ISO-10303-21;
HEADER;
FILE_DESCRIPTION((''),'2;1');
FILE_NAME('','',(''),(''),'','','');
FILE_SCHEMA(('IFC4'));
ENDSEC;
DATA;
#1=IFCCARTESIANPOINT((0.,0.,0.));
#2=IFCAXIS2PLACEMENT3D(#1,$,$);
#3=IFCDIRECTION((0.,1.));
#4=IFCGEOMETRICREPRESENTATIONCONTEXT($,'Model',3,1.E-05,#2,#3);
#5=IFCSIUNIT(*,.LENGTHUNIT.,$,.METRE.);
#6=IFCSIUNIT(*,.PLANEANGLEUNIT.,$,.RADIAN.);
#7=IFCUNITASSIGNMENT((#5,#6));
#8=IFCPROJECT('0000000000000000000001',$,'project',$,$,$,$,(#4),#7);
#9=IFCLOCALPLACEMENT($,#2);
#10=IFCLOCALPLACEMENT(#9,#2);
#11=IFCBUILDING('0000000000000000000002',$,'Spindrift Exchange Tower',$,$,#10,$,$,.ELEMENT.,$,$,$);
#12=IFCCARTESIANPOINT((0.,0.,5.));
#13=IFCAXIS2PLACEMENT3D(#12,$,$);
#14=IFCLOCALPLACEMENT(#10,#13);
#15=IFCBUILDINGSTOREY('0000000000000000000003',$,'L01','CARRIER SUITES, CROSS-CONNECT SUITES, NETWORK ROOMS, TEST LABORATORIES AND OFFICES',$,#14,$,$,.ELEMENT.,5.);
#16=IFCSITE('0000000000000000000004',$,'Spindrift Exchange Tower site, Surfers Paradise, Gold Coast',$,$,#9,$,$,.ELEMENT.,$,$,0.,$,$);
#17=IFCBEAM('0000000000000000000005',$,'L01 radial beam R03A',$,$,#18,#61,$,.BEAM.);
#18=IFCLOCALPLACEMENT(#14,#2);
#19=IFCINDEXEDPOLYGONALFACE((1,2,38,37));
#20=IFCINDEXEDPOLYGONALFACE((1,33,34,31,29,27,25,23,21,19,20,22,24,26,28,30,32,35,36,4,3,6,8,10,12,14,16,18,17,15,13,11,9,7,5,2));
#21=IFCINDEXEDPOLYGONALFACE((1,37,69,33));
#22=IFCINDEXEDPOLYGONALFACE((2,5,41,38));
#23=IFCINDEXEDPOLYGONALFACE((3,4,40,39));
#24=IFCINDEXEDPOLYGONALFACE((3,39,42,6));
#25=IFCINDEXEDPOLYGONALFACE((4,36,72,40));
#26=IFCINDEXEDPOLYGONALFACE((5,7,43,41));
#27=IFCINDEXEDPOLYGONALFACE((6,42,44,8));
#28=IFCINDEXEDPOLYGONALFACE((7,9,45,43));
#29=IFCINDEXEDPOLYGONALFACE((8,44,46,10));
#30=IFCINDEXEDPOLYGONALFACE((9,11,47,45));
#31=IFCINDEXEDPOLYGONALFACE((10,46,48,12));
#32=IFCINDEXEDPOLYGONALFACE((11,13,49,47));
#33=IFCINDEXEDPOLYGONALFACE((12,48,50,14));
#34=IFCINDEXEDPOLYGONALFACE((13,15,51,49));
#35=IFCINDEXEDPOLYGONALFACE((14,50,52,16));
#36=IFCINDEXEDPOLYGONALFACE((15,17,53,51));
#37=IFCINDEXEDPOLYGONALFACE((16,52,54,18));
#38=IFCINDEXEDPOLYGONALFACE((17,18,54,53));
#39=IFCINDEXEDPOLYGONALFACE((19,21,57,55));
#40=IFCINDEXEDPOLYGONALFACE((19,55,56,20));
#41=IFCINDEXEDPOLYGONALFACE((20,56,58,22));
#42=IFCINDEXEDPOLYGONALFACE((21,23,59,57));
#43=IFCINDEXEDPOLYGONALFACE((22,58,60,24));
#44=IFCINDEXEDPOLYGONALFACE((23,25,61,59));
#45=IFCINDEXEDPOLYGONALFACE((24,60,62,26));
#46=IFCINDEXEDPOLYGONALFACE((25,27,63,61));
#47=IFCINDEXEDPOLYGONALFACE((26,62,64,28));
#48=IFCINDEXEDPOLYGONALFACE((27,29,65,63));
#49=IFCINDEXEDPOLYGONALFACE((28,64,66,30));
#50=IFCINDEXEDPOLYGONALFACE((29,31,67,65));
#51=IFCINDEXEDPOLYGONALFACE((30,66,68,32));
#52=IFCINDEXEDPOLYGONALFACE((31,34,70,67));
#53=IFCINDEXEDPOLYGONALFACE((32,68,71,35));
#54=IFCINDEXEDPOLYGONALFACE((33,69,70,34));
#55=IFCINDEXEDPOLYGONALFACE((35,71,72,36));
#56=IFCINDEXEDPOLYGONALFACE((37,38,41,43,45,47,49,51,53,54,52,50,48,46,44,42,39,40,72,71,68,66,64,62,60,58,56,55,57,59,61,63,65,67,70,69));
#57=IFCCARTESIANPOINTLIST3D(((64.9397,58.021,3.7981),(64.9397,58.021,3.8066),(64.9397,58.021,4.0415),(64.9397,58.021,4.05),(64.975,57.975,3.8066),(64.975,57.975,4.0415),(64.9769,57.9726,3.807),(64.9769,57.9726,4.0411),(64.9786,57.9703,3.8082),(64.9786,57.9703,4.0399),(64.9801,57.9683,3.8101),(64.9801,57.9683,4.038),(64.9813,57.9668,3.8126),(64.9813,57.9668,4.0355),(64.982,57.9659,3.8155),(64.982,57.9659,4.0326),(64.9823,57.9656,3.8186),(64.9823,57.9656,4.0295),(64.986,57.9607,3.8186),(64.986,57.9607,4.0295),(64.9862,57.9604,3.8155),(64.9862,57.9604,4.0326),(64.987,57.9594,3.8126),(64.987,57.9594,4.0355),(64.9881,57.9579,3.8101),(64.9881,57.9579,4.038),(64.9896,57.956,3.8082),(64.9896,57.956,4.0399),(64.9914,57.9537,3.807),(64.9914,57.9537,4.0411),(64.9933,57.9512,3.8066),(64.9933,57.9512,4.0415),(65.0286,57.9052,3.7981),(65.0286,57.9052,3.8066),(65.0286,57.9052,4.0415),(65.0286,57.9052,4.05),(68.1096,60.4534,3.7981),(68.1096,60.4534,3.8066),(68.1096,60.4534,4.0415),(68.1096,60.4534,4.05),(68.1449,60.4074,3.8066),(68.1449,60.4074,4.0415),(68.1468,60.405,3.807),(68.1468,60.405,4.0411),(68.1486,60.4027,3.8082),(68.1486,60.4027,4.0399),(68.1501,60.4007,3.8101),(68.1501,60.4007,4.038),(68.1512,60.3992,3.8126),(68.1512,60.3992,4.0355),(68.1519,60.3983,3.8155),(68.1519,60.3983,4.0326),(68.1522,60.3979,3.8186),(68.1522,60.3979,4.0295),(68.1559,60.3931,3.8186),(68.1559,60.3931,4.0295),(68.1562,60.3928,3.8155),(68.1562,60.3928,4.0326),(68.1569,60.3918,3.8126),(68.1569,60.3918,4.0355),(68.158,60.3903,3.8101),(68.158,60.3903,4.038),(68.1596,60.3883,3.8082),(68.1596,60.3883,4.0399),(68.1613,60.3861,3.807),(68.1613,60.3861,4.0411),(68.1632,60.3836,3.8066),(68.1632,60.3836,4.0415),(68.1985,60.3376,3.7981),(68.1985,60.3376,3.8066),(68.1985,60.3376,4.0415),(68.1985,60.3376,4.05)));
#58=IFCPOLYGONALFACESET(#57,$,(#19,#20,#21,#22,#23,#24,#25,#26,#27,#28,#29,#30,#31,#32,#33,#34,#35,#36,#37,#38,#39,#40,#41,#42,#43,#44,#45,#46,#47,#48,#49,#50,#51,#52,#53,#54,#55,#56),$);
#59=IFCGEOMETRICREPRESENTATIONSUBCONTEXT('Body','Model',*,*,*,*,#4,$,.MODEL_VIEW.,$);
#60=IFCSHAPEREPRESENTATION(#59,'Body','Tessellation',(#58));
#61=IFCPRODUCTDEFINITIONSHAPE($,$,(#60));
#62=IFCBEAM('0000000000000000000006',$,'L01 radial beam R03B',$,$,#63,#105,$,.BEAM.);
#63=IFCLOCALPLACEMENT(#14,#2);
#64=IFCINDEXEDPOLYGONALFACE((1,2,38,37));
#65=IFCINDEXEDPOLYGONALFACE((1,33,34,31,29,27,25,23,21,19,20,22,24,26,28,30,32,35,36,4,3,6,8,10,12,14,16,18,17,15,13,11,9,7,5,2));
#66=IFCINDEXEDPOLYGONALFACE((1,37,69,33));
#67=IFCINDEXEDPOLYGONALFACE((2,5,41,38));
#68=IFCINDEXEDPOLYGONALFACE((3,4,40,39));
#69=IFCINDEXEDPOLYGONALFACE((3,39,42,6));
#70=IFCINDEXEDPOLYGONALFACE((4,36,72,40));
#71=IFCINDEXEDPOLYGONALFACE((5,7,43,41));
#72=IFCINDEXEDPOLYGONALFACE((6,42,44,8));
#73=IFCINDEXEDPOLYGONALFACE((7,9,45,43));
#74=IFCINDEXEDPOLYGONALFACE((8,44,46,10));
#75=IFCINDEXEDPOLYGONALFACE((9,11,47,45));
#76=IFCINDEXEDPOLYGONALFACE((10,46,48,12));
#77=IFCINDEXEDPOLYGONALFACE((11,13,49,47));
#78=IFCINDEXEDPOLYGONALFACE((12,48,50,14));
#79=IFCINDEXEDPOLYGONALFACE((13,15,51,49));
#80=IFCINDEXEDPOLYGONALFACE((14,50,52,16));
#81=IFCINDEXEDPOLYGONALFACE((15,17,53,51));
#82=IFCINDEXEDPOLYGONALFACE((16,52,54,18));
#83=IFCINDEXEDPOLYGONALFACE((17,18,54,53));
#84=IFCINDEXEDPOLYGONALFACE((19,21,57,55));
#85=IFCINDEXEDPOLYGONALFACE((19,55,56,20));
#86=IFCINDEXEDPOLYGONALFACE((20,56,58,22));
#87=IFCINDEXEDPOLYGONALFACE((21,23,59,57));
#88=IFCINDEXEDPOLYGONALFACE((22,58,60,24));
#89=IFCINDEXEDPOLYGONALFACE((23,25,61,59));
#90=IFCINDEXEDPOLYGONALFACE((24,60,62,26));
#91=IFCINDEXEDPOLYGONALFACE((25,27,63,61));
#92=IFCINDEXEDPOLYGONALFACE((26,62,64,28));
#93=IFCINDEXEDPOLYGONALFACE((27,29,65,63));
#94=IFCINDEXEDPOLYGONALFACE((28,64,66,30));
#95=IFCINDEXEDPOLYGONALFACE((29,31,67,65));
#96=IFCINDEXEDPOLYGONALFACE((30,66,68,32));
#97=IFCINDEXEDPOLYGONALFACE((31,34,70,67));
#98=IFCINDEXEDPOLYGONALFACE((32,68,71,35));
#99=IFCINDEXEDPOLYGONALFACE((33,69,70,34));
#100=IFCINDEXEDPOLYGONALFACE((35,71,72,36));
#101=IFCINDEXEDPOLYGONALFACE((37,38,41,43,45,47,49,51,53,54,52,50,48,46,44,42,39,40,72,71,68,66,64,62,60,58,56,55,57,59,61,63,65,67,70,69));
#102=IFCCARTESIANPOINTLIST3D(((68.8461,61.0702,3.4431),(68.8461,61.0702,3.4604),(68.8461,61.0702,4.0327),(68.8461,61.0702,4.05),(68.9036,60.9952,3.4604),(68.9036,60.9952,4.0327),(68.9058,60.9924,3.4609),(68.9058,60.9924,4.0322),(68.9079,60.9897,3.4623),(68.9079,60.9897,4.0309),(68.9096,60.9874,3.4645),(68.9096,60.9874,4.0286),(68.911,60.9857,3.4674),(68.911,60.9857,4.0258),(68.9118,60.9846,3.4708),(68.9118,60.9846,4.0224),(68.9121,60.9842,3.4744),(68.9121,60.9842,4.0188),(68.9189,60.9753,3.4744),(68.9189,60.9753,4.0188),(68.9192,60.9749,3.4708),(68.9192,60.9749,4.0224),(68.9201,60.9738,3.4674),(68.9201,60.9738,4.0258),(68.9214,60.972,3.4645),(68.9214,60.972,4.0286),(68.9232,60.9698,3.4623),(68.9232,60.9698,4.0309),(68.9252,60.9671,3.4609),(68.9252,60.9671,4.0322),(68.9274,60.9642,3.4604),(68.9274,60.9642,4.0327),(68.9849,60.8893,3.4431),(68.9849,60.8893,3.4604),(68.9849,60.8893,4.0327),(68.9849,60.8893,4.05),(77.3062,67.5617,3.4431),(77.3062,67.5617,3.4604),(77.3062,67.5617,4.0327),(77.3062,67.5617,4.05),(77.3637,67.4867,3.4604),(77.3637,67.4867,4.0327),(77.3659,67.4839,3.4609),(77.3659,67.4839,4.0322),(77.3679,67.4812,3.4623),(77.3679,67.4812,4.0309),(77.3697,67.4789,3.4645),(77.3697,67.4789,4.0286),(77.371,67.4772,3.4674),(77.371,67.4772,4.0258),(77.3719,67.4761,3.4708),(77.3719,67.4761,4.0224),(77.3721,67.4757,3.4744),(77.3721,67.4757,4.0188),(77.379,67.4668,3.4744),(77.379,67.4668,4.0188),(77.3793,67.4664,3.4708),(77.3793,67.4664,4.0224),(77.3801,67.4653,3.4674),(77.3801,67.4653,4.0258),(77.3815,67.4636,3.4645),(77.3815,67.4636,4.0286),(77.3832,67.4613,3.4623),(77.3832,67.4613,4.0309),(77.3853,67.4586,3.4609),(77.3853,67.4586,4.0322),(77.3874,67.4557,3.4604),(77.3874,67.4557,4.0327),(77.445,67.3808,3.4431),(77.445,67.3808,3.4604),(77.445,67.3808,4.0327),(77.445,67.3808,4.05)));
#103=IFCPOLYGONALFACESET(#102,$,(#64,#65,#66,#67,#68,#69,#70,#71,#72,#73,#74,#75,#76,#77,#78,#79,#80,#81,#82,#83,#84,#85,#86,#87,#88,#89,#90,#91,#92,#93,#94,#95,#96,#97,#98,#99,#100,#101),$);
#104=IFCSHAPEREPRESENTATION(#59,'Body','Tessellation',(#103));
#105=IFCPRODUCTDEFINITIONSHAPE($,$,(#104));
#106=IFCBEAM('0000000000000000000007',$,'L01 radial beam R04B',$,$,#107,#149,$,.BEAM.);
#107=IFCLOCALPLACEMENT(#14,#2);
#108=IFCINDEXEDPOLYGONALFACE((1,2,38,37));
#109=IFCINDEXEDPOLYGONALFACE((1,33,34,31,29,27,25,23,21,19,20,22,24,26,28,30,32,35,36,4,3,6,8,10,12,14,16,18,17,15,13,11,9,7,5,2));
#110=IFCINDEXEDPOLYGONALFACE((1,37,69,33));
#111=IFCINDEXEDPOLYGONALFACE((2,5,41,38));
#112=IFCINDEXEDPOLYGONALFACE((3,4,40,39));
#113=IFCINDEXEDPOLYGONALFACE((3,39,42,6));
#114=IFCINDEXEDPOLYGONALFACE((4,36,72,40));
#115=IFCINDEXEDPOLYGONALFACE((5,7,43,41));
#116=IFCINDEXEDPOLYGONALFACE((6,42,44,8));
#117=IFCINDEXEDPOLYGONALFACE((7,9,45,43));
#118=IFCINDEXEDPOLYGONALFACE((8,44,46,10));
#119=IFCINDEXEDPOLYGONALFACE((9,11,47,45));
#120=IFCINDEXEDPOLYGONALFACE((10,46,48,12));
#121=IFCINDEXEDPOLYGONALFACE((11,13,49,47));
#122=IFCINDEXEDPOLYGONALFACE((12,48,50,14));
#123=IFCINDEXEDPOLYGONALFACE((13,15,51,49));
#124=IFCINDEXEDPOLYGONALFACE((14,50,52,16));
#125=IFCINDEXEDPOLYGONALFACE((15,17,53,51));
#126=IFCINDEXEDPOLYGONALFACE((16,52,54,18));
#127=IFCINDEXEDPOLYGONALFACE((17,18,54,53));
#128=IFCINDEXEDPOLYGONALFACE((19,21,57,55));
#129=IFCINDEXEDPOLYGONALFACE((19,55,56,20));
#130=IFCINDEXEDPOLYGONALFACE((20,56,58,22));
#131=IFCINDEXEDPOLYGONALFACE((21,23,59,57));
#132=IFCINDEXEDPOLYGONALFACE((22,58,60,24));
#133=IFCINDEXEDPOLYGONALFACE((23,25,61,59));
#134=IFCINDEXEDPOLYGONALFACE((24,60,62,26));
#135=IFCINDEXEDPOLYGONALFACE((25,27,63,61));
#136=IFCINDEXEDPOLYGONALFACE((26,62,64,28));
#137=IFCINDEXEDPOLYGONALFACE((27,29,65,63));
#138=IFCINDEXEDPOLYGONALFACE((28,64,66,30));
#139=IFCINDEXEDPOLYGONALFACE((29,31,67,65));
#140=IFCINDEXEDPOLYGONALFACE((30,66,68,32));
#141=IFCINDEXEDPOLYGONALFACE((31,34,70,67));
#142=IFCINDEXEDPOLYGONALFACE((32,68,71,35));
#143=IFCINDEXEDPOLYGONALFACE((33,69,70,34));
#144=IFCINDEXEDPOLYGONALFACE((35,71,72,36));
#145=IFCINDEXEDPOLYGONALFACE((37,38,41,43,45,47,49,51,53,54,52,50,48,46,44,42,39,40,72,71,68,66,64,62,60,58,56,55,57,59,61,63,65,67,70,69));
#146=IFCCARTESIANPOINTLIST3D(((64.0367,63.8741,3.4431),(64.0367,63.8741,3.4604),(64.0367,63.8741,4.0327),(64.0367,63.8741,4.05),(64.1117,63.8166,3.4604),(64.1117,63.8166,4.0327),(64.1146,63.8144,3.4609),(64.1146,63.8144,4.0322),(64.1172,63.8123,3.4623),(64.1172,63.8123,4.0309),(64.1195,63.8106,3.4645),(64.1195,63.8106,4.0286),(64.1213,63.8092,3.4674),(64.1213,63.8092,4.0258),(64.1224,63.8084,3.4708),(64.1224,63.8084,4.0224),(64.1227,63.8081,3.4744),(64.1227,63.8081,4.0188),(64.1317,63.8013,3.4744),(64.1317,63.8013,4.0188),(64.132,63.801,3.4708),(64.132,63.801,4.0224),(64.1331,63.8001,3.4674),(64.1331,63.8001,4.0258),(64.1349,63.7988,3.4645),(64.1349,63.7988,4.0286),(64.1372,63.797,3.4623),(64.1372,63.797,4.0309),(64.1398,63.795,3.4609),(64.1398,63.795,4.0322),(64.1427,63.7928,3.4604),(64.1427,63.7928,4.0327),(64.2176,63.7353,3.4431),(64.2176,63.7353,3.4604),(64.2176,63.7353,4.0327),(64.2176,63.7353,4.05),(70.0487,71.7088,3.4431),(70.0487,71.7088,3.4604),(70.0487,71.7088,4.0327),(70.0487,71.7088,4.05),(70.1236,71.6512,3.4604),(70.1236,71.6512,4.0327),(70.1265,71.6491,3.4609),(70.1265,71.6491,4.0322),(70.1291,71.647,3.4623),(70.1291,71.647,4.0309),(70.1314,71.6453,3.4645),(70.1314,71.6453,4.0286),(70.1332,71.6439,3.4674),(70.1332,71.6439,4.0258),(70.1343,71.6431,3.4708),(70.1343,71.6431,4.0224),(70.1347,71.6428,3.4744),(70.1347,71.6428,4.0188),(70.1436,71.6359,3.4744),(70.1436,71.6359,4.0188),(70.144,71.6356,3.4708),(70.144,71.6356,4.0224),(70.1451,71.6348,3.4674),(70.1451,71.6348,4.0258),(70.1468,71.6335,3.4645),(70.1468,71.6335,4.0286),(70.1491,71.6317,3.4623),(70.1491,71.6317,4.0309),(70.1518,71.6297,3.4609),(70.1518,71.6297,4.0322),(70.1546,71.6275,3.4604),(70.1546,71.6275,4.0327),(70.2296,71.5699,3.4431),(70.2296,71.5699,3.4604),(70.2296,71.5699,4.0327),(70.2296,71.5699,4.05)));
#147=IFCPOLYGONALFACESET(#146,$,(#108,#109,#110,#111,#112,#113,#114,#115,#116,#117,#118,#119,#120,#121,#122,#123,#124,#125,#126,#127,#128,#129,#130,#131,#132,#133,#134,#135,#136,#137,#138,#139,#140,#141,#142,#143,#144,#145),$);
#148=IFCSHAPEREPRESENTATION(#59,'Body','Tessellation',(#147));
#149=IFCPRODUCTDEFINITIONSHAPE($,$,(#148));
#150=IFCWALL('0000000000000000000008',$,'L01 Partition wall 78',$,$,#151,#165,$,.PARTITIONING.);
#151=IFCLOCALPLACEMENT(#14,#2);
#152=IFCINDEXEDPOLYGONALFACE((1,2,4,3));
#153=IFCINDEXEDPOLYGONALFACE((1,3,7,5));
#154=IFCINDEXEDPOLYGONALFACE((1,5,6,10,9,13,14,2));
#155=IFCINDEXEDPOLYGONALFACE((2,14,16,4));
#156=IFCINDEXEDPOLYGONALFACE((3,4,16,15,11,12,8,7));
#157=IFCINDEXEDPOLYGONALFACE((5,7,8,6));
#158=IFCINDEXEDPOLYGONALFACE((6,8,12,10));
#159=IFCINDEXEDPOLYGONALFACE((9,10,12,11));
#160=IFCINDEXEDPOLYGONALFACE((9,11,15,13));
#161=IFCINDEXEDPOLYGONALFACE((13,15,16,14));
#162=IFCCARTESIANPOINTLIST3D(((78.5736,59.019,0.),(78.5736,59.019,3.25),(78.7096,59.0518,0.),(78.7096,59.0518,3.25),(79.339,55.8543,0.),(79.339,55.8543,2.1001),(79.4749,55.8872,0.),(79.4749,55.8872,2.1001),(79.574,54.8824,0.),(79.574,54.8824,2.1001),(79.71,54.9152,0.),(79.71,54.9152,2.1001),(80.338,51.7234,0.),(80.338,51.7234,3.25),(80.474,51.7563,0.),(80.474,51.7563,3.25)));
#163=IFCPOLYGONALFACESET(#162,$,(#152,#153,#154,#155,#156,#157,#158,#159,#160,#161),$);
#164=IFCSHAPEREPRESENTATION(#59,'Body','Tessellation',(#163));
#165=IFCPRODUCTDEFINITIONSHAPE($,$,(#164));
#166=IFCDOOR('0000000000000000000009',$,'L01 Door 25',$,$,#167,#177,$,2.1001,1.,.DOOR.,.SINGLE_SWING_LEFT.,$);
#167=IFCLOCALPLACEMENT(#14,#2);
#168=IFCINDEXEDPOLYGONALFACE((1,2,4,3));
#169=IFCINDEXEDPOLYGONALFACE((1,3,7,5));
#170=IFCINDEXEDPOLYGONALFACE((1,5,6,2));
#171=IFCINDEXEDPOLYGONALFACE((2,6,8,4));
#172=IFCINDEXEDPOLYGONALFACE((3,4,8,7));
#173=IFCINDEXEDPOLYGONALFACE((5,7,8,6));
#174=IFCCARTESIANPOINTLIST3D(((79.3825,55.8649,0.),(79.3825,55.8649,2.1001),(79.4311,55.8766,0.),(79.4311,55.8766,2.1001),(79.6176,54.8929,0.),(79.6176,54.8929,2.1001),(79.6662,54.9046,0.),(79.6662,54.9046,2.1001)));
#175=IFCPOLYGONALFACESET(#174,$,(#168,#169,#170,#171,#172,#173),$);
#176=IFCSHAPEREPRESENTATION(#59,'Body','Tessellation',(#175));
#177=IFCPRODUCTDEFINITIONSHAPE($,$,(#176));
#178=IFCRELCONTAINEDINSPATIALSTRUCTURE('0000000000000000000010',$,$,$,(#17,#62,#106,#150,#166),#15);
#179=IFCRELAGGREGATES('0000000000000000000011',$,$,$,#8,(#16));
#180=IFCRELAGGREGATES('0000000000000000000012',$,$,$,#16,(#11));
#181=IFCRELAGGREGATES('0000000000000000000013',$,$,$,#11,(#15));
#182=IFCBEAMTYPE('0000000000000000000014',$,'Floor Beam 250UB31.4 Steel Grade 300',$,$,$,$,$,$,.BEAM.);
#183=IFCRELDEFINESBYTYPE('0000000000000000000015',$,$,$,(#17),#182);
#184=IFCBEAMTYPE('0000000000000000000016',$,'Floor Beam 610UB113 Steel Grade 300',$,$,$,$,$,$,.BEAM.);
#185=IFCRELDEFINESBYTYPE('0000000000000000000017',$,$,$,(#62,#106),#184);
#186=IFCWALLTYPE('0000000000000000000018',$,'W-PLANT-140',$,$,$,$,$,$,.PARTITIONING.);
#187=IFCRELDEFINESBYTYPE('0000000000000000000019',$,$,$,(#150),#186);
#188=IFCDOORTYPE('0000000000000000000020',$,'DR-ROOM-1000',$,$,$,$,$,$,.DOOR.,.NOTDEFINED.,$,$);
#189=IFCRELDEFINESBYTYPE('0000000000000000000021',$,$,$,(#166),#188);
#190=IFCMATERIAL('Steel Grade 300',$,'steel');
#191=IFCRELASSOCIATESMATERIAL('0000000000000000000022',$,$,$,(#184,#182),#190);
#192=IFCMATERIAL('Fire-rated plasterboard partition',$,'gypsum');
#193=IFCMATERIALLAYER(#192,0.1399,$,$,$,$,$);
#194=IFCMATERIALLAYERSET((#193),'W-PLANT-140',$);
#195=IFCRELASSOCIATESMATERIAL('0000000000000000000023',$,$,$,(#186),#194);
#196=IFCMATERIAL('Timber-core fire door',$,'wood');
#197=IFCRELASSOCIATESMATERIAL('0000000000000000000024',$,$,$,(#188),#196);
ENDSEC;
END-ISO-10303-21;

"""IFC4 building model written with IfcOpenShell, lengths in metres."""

from ifc_helpers import new_model, si_unit, direction, frame, frame_2d, origin, origin_2d, place, context, subcontext, project, spatial, rectangle, i_section, extrude, source, transform, mapped, material, layer, layer_set, material_profile, profile_set, type_object, element, fill, save


model = new_model("IFC4")

# Units and contexts
model_context = context("Model", 3, precision=1e-05, world=origin(), true_north=direction((0.0, 1.0)))
body_context = subcontext(model_context, "Body", "Model", "MODEL_VIEW")
ifc_project = project(units=[si_unit("LENGTHUNIT", "METRE"), si_unit("PLANEANGLEUNIT", "RADIAN")], contexts=[model_context])

# Site, building, storey
site_placement = place(None, origin())
site = spatial("IfcSite", under=ifc_project, at=site_placement, Name="Spindrift Exchange Tower site, Surfers Paradise, Gold Coast", CompositionType="ELEMENT", RefElevation=0.0)
building_placement = place(site_placement, origin())
building = spatial("IfcBuilding", under=site, at=building_placement, Name="Spindrift Exchange Tower", CompositionType="ELEMENT")
storey_placement = place(building_placement, frame((0.0, 0.0, 5.0)))
storey = spatial("IfcBuildingStorey", under=building, at=storey_placement, Name="L01", Description="CARRIER SUITES, CROSS-CONNECT SUITES, NETWORK ROOMS, TEST LABORATORIES AND OFFICES", CompositionType="ELEMENT", Elevation=5.0)

# Beams
ifc_material_1 = material(Name="Steel Grade 300", Category="steel")
ifc_material_profile_1 = material_profile(ifc_material_1, i_section(OverallWidth=0.228, OverallDepth=0.6069, WebThickness=0.0112, FlangeThickness=0.0173, FilletRadius=0.0139, at=origin_2d()), Name="610UB113")
ifc_profile_set_1 = profile_set([ifc_material_profile_1], Name="Steel Grade 300")
beam_type_1 = type_object("IfcBeamType", Name="Floor Beam 610UB113 Steel Grade 300", PredefinedType="BEAM", material=ifc_profile_set_1)
ifc_material_profile_2 = material_profile(ifc_material_1, i_section(OverallWidth=0.146, OverallDepth=0.252, WebThickness=0.0061, FlangeThickness=0.0085, FilletRadius=0.012, at=origin_2d()), Name="250UB31.4")
ifc_profile_set_2 = profile_set([ifc_material_profile_2], Name="Steel Grade 300")
beam_type_2 = type_object("IfcBeamType", Name="Floor Beam 250UB31.4 Steel Grade 300", PredefinedType="BEAM", material=ifc_profile_set_2)
shared_shape_1 = source(origin(), body_context, "Body", "SweptSolid", [
    extrude(i_section(OverallWidth=0.146, OverallDepth=0.252, WebThickness=0.0061, FlangeThickness=0.0085, FilletRadius=0.012, at=origin_2d()), origin(), (0.0, 0.0, 1.0), 3.9956),
])
beam_1_placement = place(storey_placement, frame((64.9841, 57.9631, 3.9241), z_axis=(0.793353, 0.608762, 0.0), x_axis=(-0.608762, 0.793353, 0.0)))
element("IfcBeam", 1, at=beam_1_placement, inside=storey, type_object=beam_type_2, Name="L01 radial beam R03A", PredefinedType="BEAM", context=body_context, shape_type="MappedRepresentation", body=[
    mapped(shared_shape_1, transform((0.0, 0.0, 0.0), scale=1.0)),
])
shared_shape_2 = source(origin(), body_context, "Body", "SweptSolid", [
    extrude(i_section(OverallWidth=0.228, OverallDepth=0.6069, WebThickness=0.0112, FlangeThickness=0.0173, FilletRadius=0.0139, at=origin_2d()), origin(), (0.0, 0.0, 1.0), 10.6636),
])
beam_2_placement = place(storey_placement, frame((68.9155, 60.9797, 3.7466), z_axis=(0.793358, 0.608755, 0.0), x_axis=(-0.608755, 0.793358, 0.0)))
element("IfcBeam", 2, at=beam_2_placement, inside=storey, type_object=beam_type_1, Name="L01 radial beam R03B", PredefinedType="BEAM", context=body_context, shape_type="MappedRepresentation", body=[
    mapped(shared_shape_2, transform((0.0, 0.0, 0.0), scale=1.0)),
])
shared_shape_3 = source(origin(), body_context, "Body", "SweptSolid", [
    extrude(i_section(OverallWidth=0.228, OverallDepth=0.6069, WebThickness=0.0112, FlangeThickness=0.0173, FilletRadius=0.0139, at=origin_2d()), origin(), (0.0, 0.0, 1.0), 9.8755),
])
beam_3_placement = place(storey_placement, frame((64.1272, 63.8047, 3.7466), z_axis=(0.608772, 0.793345, 0.0), x_axis=(-0.793345, 0.608772, 0.0)))
element("IfcBeam", 3, at=beam_3_placement, inside=storey, type_object=beam_type_1, Name="L01 radial beam R04B", PredefinedType="BEAM", context=body_context, shape_type="MappedRepresentation", body=[
    mapped(shared_shape_3, transform((0.0, 0.0, 0.0), scale=1.0)),
])

# Wall, opening, door
ifc_material_2 = material(Name="Fire-rated plasterboard partition", Category="gypsum")
ifc_layer_1 = layer(ifc_material_2, 0.1399)
ifc_layer_set_1 = layer_set([ifc_layer_1], Name="W-PLANT-140")
wall_type_1 = type_object("IfcWallType", Name="W-PLANT-140", PredefinedType="PARTITIONING", material=ifc_layer_set_1)
wall_1_placement = place(storey_placement, frame((78.6416, 59.0354, 0.0), z_axis=(0.0, 0.0, 1.0), x_axis=(0.235067, -0.971979, 0.0)))
wall_1 = element("IfcWall", 4, at=wall_1_placement, inside=storey, type_object=wall_type_1, Name="L01 Partition wall 78", PredefinedType="PARTITIONING", context=body_context, shape_type="SweptSolid", body=[
    extrude(rectangle(XDim=7.5059, YDim=0.1399, at=frame_2d((3.7529, 0.0))), origin(), (0.0, 0.0, 1.0), 3.25),
])
opening_1_placement = place(wall_1_placement, frame((3.2559, 0.0, 0.0)))
opening_1 = element("IfcOpeningElement", 5, at=opening_1_placement, cuts=wall_1, PredefinedType="OPENING", context=body_context, shape_type="SweptSolid", body=[
    extrude(rectangle(XDim=1.0, YDim=2.1001, at=frame_2d((0.5, 1.05))), frame((0.0, 0.0798, 0.0), z_axis=(0.0, -1.0, 0.0), x_axis=(1.0, 0.0, 0.0)), (0.0, 0.0, 1.0), 0.1599),
])
ifc_material_3 = material(Name="Timber-core fire door", Category="wood")
door_type = type_object("IfcDoorType", Name="DR-ROOM-1000", OperationType="NOTDEFINED", PredefinedType="DOOR", material=ifc_material_3)
shared_shape_4 = source(origin(), body_context, "Body", "SweptSolid", [
    extrude(rectangle(XDim=1.0, YDim=2.1001, at=frame_2d((0.5, 1.05))), frame((0.0, 0.0249, 0.0), z_axis=(0.0, -1.0, 0.0), x_axis=(1.0, 0.0, 0.0)), (0.0, 0.0, 1.0), 0.05),
])
door_1_placement = place(opening_1_placement, origin())
door_1 = element("IfcDoor", 6, at=door_1_placement, inside=storey, type_object=door_type, Name="L01 Door 25", OperationType="SINGLE_SWING_LEFT", OverallHeight=2.1001, OverallWidth=1.0, PredefinedType="DOOR", context=body_context, shape_type="MappedRepresentation", body=[
    mapped(shared_shape_4, transform((0.0, 0.0, 0.0), scale=1.0)),
])
fill(opening_1, door_1)

save(model, "model.ifc")
